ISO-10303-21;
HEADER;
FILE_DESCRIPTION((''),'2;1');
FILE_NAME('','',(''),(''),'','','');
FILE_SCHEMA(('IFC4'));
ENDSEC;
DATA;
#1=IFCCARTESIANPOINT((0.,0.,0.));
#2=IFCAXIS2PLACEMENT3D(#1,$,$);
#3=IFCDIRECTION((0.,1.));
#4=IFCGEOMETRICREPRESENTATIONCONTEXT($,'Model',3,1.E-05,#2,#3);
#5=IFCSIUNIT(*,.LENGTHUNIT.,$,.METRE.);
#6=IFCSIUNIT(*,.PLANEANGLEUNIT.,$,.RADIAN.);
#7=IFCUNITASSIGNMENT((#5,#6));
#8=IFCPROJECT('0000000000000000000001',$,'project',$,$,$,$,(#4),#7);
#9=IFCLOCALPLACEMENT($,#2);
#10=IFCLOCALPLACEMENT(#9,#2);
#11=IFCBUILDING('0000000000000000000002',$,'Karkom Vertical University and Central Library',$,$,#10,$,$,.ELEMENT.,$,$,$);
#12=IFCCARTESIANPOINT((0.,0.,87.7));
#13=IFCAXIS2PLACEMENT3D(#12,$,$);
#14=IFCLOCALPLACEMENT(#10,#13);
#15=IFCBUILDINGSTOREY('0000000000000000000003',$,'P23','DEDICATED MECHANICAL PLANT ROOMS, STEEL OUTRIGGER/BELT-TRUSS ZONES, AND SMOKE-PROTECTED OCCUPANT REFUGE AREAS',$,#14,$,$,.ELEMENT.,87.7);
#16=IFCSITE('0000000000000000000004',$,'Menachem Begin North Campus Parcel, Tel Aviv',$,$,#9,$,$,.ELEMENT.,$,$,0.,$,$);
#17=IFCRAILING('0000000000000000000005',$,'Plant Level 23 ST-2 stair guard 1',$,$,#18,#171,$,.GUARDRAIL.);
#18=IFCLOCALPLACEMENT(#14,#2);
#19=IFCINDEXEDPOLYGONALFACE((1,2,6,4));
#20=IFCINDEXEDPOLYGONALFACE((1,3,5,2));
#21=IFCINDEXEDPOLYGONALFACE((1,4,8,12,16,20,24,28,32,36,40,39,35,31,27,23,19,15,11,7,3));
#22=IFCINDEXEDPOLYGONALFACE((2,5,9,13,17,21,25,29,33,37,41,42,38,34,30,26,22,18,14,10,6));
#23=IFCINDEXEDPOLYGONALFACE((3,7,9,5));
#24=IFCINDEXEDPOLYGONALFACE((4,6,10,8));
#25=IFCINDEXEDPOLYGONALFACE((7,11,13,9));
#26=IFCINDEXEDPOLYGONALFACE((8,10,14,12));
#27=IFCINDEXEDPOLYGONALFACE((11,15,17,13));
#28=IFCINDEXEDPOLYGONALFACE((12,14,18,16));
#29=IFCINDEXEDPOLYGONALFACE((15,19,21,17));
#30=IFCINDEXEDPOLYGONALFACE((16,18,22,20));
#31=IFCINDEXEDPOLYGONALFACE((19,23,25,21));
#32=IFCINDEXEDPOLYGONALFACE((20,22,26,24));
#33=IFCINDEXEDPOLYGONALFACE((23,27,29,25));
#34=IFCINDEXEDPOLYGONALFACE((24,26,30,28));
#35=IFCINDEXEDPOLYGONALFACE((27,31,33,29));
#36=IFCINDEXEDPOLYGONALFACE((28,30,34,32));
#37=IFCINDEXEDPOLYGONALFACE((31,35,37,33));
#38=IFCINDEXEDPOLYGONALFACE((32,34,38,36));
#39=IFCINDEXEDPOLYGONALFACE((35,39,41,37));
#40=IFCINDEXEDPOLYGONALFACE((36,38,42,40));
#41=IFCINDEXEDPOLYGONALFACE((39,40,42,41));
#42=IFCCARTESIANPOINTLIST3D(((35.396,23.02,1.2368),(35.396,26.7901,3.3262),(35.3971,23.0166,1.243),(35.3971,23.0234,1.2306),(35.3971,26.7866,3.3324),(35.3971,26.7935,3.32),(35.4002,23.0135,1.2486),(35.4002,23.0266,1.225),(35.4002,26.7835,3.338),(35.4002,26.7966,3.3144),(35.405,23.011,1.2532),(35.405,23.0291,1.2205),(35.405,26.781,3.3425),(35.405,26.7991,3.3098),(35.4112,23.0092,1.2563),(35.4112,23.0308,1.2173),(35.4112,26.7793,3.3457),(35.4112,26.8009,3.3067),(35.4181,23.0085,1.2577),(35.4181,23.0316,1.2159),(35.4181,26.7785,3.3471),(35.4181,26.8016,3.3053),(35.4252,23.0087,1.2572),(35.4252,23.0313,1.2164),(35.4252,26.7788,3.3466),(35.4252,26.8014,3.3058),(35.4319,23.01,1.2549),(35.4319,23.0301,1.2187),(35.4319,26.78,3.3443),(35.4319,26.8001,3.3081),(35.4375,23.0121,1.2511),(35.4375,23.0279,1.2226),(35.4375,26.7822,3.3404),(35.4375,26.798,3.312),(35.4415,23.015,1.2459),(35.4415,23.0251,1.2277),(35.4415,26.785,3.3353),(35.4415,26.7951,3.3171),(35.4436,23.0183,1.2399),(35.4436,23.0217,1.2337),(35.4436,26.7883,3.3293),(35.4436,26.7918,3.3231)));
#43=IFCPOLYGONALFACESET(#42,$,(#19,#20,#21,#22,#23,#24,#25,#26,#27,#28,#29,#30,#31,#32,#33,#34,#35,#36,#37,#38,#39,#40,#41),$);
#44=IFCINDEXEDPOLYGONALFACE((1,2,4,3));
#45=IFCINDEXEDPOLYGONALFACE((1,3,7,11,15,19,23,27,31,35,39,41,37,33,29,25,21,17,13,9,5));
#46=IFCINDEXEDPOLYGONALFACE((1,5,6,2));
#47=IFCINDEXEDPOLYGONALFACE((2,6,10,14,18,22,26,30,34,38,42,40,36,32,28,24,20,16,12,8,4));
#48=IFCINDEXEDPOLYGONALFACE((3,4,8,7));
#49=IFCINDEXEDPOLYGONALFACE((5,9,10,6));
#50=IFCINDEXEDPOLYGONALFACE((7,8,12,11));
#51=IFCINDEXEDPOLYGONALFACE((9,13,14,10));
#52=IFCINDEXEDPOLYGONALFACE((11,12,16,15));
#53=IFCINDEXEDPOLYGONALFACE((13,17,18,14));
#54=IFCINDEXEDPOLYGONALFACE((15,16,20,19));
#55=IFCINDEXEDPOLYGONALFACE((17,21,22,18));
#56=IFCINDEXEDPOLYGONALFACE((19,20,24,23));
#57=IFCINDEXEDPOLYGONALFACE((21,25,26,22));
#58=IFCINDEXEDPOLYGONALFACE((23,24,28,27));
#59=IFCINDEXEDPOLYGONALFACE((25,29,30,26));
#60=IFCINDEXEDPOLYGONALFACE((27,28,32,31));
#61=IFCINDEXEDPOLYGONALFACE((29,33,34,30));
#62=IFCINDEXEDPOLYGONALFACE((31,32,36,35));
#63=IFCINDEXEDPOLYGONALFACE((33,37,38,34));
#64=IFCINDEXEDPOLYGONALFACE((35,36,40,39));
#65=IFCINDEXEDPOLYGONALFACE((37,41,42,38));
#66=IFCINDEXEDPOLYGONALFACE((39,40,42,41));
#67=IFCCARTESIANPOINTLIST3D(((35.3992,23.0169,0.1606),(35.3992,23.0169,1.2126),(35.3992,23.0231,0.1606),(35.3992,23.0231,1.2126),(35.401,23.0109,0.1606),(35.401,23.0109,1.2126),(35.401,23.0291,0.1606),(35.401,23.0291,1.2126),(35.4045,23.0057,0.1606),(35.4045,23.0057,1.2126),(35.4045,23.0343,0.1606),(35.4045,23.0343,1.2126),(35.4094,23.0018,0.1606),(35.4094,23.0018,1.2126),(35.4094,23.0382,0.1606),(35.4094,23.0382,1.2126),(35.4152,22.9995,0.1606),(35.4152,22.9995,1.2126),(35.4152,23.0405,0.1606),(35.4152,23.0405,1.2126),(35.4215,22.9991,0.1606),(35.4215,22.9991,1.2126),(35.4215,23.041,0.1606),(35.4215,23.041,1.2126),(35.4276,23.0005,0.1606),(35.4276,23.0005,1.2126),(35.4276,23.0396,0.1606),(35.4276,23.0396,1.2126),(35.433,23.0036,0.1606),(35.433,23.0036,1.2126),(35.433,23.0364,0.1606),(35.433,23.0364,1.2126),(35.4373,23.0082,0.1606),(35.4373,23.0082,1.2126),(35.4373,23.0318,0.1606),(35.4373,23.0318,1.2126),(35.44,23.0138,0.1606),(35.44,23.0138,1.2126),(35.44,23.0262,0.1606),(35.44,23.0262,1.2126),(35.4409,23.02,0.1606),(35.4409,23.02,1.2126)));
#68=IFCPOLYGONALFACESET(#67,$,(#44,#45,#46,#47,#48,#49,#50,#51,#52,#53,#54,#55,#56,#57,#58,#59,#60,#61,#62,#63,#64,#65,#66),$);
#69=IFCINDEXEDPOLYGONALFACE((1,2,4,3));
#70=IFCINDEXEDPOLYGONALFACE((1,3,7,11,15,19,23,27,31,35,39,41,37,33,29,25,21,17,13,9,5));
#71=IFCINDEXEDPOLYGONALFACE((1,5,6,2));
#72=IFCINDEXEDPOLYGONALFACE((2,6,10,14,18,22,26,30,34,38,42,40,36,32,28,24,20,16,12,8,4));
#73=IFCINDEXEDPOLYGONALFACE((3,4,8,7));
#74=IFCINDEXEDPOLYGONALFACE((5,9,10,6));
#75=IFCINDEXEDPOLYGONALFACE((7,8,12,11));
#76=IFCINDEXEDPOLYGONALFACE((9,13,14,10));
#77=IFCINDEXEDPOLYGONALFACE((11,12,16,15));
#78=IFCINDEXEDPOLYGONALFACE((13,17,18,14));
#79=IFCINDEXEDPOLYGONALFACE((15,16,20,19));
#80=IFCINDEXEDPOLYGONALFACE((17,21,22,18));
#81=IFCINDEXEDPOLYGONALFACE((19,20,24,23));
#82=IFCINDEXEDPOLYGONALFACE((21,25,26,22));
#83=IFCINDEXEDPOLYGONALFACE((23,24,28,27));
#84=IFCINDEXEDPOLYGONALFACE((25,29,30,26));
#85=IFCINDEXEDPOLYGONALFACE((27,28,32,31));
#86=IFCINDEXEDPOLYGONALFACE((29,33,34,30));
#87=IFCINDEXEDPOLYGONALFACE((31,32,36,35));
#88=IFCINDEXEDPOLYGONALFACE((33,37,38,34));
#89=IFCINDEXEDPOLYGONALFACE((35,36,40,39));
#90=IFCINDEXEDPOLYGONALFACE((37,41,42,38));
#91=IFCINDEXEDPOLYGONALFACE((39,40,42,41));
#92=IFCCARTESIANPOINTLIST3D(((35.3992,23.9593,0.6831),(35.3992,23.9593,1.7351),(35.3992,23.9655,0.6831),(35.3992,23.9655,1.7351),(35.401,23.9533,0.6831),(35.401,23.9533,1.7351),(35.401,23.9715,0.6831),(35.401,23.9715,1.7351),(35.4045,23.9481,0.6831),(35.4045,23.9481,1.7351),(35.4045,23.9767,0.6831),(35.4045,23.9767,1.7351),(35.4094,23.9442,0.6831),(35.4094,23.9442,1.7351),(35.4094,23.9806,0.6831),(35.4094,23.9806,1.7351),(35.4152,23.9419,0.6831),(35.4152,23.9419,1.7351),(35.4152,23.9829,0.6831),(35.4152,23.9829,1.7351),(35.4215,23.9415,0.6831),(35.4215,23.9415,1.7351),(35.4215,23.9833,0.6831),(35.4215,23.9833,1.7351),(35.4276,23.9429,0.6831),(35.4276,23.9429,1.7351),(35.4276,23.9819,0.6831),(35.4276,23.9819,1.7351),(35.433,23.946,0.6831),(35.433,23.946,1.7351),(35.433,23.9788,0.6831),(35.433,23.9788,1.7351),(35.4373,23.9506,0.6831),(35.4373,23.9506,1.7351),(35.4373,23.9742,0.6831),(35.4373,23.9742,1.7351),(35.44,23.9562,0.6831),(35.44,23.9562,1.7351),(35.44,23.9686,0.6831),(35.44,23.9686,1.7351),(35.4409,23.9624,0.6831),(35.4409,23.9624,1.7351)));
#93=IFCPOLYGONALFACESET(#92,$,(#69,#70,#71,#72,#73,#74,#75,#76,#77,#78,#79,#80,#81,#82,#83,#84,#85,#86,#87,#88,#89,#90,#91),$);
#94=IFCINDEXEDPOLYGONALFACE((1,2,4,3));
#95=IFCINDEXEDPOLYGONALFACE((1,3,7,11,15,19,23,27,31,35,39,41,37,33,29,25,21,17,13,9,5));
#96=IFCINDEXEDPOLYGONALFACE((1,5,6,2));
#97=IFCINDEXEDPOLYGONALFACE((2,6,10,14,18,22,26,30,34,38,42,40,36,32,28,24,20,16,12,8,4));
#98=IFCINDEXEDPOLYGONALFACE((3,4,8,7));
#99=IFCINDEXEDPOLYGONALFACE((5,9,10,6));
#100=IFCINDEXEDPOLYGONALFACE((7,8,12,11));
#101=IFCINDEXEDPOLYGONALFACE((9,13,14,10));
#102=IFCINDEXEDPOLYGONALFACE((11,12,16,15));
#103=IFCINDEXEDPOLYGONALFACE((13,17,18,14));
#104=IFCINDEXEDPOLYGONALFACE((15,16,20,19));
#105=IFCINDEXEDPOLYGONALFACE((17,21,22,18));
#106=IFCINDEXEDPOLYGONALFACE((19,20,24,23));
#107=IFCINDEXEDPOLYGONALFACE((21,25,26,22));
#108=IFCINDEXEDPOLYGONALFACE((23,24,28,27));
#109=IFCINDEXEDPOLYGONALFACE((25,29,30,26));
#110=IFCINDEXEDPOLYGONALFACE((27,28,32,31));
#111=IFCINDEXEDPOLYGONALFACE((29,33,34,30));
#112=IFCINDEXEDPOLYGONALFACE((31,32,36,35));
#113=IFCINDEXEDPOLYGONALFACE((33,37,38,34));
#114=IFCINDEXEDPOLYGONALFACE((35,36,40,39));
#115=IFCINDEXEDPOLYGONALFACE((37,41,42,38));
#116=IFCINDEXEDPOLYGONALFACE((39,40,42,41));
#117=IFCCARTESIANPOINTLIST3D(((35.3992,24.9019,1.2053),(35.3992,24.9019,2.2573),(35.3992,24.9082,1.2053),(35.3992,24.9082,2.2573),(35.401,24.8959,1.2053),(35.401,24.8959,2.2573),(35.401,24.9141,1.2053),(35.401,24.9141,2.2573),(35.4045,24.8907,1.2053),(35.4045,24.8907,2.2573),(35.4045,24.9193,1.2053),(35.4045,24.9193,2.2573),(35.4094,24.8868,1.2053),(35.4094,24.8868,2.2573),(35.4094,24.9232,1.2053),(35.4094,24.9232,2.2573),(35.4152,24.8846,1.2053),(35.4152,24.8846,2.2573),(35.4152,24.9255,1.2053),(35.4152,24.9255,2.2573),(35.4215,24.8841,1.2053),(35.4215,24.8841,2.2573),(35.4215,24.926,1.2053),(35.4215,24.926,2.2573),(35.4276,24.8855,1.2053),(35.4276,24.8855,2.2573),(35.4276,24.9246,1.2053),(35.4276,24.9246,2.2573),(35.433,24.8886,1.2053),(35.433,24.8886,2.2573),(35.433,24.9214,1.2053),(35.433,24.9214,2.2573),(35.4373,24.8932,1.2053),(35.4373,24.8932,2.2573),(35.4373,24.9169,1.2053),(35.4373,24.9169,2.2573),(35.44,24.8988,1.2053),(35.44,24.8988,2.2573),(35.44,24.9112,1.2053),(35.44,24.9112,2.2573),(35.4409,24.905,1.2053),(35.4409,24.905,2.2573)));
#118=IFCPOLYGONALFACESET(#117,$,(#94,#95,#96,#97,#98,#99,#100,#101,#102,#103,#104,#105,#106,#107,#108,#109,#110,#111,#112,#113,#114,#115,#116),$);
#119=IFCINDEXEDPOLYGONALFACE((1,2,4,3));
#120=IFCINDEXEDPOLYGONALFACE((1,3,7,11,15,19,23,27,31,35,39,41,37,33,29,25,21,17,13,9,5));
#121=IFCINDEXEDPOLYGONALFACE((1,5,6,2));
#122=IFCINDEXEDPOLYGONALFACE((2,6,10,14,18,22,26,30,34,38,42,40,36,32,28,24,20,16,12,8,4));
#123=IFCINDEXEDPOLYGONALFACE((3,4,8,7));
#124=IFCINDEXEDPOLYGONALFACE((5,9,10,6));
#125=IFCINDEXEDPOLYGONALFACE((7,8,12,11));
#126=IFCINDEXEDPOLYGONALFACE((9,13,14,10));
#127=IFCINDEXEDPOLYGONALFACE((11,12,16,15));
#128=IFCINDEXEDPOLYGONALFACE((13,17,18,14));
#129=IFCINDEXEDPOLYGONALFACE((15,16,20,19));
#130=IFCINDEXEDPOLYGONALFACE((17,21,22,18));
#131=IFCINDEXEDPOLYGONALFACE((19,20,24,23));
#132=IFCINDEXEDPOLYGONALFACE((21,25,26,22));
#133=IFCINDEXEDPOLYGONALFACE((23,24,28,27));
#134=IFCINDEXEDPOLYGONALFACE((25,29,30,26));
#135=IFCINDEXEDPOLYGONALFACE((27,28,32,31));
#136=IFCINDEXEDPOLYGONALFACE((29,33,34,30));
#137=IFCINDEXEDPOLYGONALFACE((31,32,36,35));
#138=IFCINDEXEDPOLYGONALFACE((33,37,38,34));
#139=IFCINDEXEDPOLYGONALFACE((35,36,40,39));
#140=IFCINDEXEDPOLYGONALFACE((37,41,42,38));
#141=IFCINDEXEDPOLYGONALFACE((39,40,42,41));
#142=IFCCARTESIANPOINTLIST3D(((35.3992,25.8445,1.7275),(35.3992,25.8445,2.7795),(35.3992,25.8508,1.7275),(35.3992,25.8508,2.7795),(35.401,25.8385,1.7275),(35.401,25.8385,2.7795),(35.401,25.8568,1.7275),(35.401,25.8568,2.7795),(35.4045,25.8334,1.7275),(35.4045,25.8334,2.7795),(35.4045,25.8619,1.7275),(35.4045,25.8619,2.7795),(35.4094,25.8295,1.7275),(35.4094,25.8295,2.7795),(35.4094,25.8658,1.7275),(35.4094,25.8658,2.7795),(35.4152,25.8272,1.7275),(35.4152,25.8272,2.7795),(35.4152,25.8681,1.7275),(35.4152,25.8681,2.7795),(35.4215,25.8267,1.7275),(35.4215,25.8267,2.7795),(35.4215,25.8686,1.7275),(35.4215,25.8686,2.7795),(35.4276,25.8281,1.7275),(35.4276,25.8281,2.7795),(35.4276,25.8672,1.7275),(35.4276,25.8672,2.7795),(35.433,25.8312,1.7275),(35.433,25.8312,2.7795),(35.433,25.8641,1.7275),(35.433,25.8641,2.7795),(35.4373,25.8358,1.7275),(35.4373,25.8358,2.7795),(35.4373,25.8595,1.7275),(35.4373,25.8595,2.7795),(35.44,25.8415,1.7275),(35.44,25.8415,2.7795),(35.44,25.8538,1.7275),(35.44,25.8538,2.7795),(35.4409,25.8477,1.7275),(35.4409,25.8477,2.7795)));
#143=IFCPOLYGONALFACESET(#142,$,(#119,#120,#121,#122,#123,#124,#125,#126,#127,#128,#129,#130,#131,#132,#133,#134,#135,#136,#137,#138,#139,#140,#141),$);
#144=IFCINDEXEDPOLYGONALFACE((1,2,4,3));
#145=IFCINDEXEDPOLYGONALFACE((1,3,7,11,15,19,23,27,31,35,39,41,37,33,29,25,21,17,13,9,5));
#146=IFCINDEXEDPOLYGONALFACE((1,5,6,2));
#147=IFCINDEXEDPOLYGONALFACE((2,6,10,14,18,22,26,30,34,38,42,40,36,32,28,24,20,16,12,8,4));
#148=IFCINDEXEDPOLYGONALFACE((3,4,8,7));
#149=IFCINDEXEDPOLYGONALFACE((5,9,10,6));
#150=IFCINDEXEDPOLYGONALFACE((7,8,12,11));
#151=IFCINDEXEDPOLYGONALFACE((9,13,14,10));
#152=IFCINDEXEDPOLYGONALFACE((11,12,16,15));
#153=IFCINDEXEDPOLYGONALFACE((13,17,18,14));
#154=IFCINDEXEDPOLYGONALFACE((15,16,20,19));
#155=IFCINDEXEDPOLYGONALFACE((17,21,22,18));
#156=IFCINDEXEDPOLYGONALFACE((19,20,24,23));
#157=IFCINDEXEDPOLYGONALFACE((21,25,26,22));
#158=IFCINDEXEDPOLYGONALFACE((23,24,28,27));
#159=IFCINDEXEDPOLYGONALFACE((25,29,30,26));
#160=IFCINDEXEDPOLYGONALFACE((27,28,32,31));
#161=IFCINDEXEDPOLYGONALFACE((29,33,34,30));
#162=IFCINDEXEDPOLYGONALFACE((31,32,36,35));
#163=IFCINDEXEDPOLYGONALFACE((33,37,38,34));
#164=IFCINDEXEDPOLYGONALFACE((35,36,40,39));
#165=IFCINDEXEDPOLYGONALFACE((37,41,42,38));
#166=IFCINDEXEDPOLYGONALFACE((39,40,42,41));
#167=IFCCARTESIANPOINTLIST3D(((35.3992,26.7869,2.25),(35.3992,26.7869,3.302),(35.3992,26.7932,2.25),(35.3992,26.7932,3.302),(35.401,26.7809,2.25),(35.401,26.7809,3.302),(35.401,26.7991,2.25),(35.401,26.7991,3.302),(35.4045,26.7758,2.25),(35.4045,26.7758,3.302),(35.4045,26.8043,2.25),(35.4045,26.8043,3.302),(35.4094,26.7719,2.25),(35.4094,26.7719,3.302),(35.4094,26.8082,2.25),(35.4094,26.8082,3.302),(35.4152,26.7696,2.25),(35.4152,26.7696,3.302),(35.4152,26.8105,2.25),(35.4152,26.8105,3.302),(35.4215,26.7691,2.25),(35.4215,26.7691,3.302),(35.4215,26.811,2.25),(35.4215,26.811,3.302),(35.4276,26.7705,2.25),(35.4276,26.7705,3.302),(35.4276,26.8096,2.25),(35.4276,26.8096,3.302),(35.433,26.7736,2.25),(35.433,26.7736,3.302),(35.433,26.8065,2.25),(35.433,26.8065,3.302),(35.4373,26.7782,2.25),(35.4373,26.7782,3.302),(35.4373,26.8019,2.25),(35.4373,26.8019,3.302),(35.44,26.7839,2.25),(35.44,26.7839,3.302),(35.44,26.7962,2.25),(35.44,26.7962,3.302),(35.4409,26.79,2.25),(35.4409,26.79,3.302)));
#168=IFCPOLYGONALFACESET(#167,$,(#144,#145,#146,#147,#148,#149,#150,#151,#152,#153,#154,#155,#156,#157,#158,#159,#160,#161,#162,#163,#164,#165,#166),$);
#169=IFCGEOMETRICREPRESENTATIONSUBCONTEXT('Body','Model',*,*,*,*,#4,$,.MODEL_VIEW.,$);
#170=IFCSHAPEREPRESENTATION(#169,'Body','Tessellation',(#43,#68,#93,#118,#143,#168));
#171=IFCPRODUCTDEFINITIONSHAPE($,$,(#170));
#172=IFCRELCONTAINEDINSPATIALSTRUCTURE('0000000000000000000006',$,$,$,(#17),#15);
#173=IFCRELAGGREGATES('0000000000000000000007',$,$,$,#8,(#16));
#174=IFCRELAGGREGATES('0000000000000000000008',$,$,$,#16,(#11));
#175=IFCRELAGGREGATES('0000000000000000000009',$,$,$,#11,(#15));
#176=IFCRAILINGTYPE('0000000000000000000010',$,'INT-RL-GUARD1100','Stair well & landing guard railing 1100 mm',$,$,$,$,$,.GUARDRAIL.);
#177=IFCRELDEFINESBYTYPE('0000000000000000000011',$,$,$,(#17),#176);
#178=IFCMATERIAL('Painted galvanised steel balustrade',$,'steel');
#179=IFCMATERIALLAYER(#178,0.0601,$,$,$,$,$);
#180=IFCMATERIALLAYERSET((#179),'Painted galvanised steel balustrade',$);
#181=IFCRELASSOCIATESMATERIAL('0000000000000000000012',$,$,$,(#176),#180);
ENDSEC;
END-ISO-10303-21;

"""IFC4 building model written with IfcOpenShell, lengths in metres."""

from ifc_helpers import new_model, si_unit, direction, frame, origin, origin_2d, place, context, subcontext, project, spatial, circle, extrude, material, layer, layer_set, type_object, element, save


model = new_model("IFC4")

# Units and contexts
model_context = context("Model", 3, precision=1e-05, world=origin(), true_north=direction((0.0, 1.0)))
body_context = subcontext(model_context, "Body", "Model", "MODEL_VIEW")
ifc_project = project(units=[si_unit("LENGTHUNIT", "METRE"), si_unit("PLANEANGLEUNIT", "RADIAN")], contexts=[model_context])

# Site, building, storey
site_placement = place(None, origin())
site = spatial("IfcSite", under=ifc_project, at=site_placement, Name="Menachem Begin North Campus Parcel, Tel Aviv", CompositionType="ELEMENT", RefElevation=0.0)
building_placement = place(site_placement, origin())
building = spatial("IfcBuilding", under=site, at=building_placement, Name="Karkom Vertical University and Central Library", CompositionType="ELEMENT")
storey_placement = place(building_placement, frame((0.0, 0.0, 87.7)))
storey = spatial("IfcBuildingStorey", under=building, at=storey_placement, Name="P23", Description="DEDICATED MECHANICAL PLANT ROOMS, STEEL OUTRIGGER/BELT-TRUSS ZONES, AND SMOKE-PROTECTED OCCUPANT REFUGE AREAS", CompositionType="ELEMENT", Elevation=87.7)

# Railing
ifc_material_1 = material(Name="Painted galvanised steel balustrade", Category="steel")
ifc_layer_1 = layer(ifc_material_1, 0.0601)
ifc_layer_set_1 = layer_set([ifc_layer_1], Name="Painted galvanised steel balustrade")
railing_type_1 = type_object("IfcRailingType", Name="INT-RL-GUARD1100", Description="Stair well & landing guard railing 1100 mm", PredefinedType="GUARDRAIL", material=ifc_layer_set_1)
railing_1_placement = place(storey_placement, frame((35.4199, 23.02, 0.1606)))
element("IfcRailing", 1, at=railing_1_placement, inside=storey, type_object=railing_type_1, Name="Plant Level 23 ST-2 stair guard 1", PredefinedType="GUARDRAIL", context=body_context, shape_type="SweptSolid", body=[
    extrude(circle(Radius=0.0239, at=origin_2d()), frame((0.0, 0.0, 1.0762), z_axis=(0.0, 0.874659, 0.484739), x_axis=(-1.0, 0.0, 0.0)), (0.0, 0.0, 1.0), 4.3103),
    extrude(circle(Radius=0.021, at=origin_2d()), origin(), (0.0, 0.0, 1.0), 1.052),
    extrude(circle(Radius=0.021, at=origin_2d()), frame((0.0, 0.9424, 0.5225)), (0.0, 0.0, 1.0), 1.052),
    extrude(circle(Radius=0.021, at=origin_2d()), frame((0.0, 1.885, 1.0447)), (0.0, 0.0, 1.0), 1.052),
    extrude(circle(Radius=0.021, at=origin_2d()), frame((0.0, 2.8276, 1.5669)), (0.0, 0.0, 1.0), 1.052),
    extrude(circle(Radius=0.021, at=origin_2d()), frame((0.0, 3.77, 2.0894)), (0.0, 0.0, 1.0), 1.052),
])

save(model, "model.ifc")
